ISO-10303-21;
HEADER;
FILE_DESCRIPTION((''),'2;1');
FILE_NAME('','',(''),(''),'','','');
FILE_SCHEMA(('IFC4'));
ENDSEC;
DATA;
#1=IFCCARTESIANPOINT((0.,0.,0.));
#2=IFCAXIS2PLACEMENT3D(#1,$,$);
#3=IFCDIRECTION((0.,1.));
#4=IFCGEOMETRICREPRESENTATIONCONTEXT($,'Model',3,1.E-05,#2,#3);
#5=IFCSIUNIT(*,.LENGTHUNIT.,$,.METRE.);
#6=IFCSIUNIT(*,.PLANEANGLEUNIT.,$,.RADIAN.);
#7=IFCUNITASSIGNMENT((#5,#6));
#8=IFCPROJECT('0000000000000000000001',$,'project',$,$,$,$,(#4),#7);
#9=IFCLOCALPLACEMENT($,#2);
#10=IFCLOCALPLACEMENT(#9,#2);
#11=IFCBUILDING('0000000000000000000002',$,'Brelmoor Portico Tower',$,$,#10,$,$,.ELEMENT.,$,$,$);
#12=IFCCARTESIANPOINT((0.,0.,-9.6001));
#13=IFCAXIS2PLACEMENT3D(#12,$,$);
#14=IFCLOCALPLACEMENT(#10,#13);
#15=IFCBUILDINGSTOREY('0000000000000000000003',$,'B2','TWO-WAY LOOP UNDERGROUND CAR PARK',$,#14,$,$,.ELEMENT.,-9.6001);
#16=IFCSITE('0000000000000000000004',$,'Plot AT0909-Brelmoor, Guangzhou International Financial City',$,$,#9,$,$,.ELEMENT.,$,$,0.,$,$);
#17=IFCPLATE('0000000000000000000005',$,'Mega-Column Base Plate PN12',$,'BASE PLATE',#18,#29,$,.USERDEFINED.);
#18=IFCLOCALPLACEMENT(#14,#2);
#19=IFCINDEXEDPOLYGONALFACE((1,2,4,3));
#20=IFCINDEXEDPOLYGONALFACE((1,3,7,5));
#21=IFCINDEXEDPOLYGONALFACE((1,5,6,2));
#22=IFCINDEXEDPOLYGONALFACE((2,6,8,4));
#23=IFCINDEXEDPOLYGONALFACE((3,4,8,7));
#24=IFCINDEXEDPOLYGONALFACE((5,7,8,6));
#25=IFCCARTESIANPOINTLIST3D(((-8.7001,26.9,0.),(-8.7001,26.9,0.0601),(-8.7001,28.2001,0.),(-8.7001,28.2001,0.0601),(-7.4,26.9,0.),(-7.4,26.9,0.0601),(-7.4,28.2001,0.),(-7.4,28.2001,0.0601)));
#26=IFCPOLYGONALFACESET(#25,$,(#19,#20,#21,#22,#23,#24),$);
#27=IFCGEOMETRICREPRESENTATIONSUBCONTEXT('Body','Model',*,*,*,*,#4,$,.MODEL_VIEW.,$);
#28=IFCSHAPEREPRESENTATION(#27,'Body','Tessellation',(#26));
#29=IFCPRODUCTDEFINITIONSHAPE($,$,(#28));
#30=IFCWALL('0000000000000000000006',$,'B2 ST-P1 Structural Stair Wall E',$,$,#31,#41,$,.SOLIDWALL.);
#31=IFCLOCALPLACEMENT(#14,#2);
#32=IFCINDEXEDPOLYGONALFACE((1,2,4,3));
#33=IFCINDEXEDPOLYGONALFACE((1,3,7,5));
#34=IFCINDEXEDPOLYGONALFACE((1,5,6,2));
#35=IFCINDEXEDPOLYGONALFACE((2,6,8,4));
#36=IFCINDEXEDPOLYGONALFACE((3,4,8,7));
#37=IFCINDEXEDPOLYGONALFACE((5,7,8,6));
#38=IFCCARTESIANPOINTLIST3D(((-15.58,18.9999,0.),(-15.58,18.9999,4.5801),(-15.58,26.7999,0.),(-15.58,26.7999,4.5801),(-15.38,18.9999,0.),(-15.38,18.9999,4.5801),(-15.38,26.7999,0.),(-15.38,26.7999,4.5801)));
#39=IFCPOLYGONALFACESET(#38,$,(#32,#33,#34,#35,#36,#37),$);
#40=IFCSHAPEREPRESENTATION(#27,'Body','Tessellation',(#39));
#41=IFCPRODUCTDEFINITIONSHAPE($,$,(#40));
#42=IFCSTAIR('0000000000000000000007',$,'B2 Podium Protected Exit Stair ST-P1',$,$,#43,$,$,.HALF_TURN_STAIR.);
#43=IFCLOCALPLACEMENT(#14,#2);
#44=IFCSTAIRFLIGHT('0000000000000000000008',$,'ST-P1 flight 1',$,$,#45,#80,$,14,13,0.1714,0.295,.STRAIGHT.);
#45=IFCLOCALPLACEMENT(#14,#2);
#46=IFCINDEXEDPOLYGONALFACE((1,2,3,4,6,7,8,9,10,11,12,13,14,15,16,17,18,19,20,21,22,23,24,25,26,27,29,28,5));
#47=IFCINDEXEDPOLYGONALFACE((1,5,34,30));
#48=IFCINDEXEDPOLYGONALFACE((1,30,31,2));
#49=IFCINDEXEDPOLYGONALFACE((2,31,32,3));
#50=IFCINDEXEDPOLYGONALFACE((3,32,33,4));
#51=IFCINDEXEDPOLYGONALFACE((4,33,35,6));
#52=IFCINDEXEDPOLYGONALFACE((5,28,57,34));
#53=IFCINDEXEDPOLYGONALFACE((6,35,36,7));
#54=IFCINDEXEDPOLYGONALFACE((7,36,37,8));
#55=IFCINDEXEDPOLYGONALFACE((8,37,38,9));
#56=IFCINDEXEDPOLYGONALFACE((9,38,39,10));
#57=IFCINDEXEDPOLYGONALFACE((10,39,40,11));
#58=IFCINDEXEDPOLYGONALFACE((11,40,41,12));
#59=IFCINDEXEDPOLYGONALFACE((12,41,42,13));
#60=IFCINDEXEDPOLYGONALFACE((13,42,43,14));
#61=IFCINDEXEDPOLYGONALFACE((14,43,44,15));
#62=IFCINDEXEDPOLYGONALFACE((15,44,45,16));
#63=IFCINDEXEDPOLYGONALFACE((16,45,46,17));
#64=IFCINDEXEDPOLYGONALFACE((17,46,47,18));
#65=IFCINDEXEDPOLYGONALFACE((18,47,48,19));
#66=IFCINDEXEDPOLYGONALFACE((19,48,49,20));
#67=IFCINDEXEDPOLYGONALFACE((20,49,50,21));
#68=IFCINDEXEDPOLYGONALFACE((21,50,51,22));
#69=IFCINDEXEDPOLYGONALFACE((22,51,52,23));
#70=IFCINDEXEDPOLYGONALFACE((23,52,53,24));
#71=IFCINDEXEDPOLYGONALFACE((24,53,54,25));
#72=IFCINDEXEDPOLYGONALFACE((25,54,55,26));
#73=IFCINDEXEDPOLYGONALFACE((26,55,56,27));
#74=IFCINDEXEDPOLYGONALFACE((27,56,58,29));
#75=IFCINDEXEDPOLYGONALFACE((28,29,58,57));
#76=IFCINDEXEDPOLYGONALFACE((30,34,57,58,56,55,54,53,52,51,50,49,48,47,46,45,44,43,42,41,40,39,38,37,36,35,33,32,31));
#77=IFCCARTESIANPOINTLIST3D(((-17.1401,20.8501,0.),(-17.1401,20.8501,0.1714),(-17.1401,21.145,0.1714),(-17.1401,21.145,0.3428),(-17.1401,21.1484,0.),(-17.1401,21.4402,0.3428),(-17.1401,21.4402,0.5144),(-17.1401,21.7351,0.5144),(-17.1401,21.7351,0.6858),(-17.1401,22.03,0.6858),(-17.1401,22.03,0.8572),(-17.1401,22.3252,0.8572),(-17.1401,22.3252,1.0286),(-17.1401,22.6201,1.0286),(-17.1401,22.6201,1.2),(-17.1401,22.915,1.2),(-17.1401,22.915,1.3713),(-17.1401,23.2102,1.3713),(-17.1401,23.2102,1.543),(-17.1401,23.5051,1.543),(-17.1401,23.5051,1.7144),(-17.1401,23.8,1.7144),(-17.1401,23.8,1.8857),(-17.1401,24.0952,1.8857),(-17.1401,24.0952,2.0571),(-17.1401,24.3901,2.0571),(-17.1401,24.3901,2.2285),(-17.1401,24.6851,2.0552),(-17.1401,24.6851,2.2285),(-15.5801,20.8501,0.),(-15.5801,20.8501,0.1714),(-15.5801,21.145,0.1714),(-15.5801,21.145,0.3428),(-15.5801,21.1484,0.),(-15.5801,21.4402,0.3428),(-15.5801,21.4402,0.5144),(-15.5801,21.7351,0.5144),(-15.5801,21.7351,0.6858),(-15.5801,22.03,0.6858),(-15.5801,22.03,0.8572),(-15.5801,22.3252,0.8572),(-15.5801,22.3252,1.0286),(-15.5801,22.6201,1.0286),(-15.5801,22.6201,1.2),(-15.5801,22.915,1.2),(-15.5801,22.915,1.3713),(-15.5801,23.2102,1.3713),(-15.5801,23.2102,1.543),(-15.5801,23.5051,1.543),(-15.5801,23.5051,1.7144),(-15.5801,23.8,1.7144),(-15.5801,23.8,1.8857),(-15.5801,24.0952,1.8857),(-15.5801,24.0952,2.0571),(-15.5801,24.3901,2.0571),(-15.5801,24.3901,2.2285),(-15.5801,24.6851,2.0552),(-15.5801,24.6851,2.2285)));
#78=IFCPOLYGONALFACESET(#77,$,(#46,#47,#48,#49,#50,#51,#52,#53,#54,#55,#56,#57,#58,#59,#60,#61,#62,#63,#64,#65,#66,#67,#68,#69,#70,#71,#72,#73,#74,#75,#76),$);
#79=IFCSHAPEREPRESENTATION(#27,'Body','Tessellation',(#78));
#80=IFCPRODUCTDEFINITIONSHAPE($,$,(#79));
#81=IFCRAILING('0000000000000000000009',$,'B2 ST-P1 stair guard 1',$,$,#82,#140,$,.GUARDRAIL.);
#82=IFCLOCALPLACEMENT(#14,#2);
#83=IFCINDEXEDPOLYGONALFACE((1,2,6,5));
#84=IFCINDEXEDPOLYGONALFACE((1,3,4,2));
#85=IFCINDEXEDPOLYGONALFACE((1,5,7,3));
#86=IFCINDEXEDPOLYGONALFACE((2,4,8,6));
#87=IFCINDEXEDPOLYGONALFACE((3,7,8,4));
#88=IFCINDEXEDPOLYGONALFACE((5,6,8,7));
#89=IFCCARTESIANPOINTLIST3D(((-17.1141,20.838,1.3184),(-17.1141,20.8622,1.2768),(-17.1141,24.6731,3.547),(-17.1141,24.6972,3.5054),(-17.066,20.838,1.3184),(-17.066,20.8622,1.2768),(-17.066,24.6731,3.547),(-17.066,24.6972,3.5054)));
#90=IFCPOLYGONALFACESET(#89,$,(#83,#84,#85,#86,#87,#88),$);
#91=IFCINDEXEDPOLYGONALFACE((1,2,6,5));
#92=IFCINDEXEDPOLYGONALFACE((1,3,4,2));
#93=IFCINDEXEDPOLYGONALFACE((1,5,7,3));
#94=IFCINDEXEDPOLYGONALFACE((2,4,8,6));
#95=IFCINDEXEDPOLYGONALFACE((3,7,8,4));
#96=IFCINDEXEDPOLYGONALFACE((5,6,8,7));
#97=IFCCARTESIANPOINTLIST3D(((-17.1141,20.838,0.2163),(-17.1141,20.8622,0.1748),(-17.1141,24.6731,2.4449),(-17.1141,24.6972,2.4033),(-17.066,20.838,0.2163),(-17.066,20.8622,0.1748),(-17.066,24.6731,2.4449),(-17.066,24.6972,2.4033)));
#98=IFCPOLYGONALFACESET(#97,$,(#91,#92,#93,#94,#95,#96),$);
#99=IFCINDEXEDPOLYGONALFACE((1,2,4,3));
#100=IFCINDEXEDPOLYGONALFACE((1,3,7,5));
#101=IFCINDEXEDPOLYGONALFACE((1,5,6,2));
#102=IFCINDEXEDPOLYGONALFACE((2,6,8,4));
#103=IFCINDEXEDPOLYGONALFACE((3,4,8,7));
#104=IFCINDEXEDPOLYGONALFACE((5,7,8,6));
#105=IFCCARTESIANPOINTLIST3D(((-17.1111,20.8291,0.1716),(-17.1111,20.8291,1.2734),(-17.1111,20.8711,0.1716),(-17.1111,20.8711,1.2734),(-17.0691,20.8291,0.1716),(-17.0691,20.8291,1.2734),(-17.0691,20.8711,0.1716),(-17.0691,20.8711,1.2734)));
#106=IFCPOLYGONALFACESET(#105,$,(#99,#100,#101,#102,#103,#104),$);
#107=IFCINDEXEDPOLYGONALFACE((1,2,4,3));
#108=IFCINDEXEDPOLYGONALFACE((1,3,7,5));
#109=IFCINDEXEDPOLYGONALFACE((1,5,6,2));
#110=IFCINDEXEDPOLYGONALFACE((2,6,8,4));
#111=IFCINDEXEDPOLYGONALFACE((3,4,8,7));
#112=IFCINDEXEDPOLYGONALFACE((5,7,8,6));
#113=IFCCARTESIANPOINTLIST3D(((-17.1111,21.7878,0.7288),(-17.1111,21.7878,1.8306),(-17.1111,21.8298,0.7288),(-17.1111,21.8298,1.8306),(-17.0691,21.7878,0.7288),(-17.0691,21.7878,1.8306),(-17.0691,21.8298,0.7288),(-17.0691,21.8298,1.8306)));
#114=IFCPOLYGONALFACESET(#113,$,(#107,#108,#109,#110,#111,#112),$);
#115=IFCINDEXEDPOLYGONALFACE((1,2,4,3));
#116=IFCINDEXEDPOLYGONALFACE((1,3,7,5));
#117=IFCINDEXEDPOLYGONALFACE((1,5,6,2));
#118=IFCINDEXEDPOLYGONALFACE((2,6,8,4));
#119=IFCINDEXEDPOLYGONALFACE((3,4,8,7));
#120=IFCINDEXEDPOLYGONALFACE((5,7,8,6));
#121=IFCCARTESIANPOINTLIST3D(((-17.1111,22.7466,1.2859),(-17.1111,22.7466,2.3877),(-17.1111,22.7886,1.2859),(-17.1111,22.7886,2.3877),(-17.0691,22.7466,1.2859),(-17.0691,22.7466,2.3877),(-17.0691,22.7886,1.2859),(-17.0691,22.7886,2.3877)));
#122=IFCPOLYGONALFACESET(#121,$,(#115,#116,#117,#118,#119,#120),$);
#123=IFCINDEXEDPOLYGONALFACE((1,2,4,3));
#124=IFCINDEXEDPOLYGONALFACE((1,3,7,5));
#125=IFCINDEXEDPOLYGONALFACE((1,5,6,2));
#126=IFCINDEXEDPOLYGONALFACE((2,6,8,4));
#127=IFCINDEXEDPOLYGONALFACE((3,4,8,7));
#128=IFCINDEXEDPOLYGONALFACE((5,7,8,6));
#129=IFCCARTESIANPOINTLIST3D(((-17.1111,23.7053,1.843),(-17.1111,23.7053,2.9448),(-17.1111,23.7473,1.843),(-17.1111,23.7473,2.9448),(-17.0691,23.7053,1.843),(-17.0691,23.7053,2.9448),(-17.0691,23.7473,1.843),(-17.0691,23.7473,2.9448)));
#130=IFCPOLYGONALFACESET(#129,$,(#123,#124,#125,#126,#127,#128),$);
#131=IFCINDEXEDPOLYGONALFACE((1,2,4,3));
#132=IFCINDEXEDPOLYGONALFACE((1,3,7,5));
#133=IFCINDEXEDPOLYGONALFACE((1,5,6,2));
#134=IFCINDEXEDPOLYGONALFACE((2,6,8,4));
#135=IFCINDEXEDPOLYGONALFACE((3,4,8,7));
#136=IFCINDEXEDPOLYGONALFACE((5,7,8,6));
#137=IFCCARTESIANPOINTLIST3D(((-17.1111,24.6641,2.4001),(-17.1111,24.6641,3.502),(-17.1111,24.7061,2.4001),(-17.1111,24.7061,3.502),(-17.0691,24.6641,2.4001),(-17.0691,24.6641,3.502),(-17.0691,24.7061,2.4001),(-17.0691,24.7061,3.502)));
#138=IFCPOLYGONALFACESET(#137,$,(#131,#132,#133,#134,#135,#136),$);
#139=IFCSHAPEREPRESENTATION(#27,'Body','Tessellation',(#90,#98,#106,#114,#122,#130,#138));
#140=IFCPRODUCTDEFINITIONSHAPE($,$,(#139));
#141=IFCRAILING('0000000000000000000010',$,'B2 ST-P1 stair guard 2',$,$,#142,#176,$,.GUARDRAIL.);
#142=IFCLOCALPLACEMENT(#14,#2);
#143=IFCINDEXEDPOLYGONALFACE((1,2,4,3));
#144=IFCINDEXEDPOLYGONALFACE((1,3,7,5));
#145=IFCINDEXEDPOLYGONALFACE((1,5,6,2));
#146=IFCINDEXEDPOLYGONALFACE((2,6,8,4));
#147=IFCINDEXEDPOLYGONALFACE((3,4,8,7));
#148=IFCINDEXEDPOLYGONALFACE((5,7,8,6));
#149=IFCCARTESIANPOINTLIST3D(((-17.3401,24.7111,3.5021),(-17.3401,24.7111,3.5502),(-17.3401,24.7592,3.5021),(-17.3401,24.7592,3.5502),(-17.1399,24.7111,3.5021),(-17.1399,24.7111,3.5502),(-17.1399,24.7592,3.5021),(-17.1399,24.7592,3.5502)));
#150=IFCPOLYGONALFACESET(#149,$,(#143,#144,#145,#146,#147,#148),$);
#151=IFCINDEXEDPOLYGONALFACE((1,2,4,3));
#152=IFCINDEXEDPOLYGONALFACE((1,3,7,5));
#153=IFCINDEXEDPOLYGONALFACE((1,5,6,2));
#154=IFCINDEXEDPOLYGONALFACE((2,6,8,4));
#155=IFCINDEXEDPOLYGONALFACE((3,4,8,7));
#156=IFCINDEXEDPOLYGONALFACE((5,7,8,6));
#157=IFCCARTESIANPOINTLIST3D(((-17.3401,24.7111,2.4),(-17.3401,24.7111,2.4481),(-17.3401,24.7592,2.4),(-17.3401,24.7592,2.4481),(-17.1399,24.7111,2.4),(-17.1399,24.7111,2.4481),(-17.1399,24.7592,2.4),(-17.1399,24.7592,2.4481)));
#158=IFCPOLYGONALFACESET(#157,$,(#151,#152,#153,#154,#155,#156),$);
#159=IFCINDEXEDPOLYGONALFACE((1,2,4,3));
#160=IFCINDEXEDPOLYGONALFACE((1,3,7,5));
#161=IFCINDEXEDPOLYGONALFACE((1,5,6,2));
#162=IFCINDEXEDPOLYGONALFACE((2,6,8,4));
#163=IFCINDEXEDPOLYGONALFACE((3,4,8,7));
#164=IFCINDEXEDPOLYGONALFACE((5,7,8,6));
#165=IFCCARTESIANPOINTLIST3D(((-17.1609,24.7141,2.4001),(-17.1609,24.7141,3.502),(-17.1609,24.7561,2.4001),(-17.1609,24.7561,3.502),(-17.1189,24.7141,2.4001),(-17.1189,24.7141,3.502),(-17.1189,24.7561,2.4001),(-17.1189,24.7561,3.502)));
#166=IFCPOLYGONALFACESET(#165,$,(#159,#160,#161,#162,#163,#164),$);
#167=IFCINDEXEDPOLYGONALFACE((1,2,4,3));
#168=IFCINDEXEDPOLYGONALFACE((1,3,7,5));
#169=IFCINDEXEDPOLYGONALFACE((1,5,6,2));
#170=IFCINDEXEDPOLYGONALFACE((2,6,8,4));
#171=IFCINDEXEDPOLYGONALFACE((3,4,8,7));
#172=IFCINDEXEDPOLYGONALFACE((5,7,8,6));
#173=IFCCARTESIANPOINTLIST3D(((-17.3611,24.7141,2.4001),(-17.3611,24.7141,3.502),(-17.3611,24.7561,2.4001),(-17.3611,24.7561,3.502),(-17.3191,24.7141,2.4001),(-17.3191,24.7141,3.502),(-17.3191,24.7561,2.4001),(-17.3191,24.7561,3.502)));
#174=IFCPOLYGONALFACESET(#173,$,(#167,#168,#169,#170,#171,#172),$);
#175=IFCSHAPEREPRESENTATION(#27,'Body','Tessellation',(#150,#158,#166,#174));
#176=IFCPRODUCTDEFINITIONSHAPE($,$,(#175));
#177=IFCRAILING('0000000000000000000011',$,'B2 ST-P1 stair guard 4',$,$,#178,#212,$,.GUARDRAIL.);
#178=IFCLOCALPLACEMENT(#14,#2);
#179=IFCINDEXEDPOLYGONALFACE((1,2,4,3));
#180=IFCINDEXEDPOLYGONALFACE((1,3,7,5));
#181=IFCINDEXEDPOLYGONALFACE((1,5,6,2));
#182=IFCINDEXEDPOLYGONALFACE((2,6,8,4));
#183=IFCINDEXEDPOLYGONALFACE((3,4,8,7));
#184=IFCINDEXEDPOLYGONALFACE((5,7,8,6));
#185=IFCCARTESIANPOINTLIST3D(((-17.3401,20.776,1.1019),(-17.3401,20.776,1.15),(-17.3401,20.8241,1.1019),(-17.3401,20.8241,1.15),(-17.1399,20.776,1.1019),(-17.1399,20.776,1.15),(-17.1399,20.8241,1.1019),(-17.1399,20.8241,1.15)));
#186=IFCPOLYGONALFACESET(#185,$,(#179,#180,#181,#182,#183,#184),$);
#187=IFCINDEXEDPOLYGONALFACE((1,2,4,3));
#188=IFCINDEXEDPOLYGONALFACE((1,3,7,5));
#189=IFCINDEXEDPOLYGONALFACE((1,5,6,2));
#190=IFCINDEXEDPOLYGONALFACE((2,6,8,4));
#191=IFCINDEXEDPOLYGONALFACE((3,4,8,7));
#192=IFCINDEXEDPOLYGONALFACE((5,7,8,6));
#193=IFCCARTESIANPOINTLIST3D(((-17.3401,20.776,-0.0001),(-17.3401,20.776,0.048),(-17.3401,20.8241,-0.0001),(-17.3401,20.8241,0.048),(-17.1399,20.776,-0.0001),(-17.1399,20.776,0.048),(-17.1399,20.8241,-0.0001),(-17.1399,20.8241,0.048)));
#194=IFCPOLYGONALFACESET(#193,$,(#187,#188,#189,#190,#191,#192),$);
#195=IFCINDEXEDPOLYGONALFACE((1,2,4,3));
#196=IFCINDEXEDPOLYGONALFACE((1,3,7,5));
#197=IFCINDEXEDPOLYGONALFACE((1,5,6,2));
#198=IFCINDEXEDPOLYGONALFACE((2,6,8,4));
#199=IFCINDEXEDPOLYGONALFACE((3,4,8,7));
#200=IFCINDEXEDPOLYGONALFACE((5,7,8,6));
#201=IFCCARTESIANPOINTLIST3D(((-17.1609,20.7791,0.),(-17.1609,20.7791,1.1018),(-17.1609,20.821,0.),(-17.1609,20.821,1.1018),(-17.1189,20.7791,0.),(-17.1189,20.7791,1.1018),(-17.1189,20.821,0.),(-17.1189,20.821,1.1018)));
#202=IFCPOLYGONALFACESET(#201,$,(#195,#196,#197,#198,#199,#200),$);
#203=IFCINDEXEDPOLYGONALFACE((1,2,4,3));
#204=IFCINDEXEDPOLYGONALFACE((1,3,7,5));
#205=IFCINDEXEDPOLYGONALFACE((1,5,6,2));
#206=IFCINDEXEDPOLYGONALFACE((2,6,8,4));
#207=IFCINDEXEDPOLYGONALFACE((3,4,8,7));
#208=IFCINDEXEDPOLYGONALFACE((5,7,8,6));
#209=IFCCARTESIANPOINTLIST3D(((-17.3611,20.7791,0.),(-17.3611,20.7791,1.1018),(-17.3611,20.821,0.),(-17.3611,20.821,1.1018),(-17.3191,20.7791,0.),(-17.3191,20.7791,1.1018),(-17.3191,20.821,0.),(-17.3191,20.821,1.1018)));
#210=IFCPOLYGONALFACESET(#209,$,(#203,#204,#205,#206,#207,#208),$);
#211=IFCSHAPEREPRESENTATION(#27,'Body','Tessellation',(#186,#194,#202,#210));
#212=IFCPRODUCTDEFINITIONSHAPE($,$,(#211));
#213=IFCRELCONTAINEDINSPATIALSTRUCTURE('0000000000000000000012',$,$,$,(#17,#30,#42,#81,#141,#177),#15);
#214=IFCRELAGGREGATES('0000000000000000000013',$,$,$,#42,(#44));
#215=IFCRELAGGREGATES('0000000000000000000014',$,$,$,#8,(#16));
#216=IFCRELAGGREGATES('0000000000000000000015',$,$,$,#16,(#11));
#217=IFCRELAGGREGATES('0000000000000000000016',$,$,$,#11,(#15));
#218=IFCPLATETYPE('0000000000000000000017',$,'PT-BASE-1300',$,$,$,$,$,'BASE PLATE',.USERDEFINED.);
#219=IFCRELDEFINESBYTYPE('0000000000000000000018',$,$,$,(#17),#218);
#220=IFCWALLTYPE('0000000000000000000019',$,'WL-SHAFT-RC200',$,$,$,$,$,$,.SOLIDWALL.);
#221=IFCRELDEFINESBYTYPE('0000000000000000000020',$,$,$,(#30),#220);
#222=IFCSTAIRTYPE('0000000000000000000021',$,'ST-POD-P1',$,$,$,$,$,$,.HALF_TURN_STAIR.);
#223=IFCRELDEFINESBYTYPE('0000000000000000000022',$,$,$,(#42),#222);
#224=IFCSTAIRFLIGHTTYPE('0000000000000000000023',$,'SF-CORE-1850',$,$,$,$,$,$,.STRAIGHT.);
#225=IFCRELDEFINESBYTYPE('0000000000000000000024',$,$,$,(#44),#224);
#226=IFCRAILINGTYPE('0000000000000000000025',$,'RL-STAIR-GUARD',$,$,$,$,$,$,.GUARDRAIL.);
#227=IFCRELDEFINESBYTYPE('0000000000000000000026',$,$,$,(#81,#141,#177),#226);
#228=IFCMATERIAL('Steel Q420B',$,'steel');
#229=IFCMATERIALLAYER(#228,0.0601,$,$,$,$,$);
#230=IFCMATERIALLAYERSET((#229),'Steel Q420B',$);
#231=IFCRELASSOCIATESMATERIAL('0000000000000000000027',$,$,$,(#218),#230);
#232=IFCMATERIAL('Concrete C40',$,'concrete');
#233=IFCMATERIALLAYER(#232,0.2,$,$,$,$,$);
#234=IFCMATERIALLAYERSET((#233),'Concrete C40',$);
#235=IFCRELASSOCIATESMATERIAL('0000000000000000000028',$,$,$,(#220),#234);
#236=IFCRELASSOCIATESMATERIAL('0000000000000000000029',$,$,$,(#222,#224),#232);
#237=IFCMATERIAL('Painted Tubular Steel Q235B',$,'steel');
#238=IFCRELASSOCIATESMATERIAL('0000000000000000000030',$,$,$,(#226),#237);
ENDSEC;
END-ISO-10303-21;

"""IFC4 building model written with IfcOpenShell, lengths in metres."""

from ifc_helpers import new_model, si_unit, direction, frame, frame_2d, origin, origin_2d, place, context, subcontext, project, spatial, polyline, rectangle, outline, extrude, material, layer, layer_set, type_object, element, aggregate, save


model = new_model("IFC4")

# Units and contexts
model_context = context("Model", 3, precision=1e-05, world=origin(), true_north=direction((0.0, 1.0)))
body_context = subcontext(model_context, "Body", "Model", "MODEL_VIEW")
ifc_project = project(units=[si_unit("LENGTHUNIT", "METRE"), si_unit("PLANEANGLEUNIT", "RADIAN")], contexts=[model_context])

# Site, building, storey
site_placement = place(None, origin())
site = spatial("IfcSite", under=ifc_project, at=site_placement, Name="Plot AT0909-Brelmoor, Guangzhou International Financial City", CompositionType="ELEMENT", RefElevation=0.0)
building_placement = place(site_placement, origin())
building = spatial("IfcBuilding", under=site, at=building_placement, Name="Brelmoor Portico Tower", CompositionType="ELEMENT")
storey_placement = place(building_placement, frame((0.0, 0.0, -9.6001)))
storey = spatial("IfcBuildingStorey", under=building, at=storey_placement, Name="B2", Description="TWO-WAY LOOP UNDERGROUND CAR PARK", CompositionType="ELEMENT", Elevation=-9.6001)

# Shared definitions
ifc_material_1 = material(Name="Steel Q420B", Category="steel")

# Plate
ifc_layer_1 = layer(ifc_material_1, 0.0601)
ifc_layer_set_1 = layer_set([ifc_layer_1], Name="Steel Q420B")
plate_type = type_object("IfcPlateType", Name="PT-BASE-1300", ElementType="BASE PLATE", PredefinedType="USERDEFINED", material=ifc_layer_set_1)
for number, where, z_axis, x_axis, name in (
    (1, (-8.05, 27.55, 0.0), (0.0, 0.0, 1.0), (1.0, 0.0, 0.0), "Mega-Column Base Plate PN12"),
):
    element("IfcPlate", number, at=place(storey_placement, frame(where, z_axis=z_axis, x_axis=x_axis)), inside=storey, type_object=plate_type, Name=name, ObjectType="BASE PLATE", PredefinedType="USERDEFINED", context=body_context, shape_type="SweptSolid", body=[
        extrude(rectangle(XDim=1.3, YDim=1.3, at=origin_2d()), origin(), (0.0, 0.0, 1.0), 0.0601),
    ])

# Wall
ifc_material_2 = material(Name="Concrete C40", Category="concrete")
ifc_layer_2 = layer(ifc_material_2, 0.2)
ifc_layer_set_2 = layer_set([ifc_layer_2], Name="Concrete C40")
wall_type = type_object("IfcWallType", Name="WL-SHAFT-RC200", PredefinedType="SOLIDWALL", material=ifc_layer_set_2)
wall_placement = place(storey_placement, frame((-15.48, 19.0, 0.0), z_axis=(0.0, 0.0, 1.0), x_axis=(0.0, 1.0, 0.0)))
element("IfcWall", 2, at=wall_placement, inside=storey, type_object=wall_type, Name="B2 ST-P1 Structural Stair Wall E", PredefinedType="SOLIDWALL", context=body_context, shape_type="SweptSolid", body=[
    extrude(rectangle(XDim=7.8, YDim=0.2, at=frame_2d((3.8999, 0.0))), origin(), (0.0, 0.0, 1.0), 4.5801),
])

# Stair, stair flight
stair_type = type_object("IfcStairType", Name="ST-POD-P1", PredefinedType="HALF_TURN_STAIR", material=ifc_material_2)
stair_placement = place(storey_placement, origin())
stair = element("IfcStair", 3, at=stair_placement, inside=storey, type_object=stair_type, Name="B2 Podium Protected Exit Stair ST-P1", PredefinedType="HALF_TURN_STAIR")
stair_flight_type = type_object("IfcStairFlightType", Name="SF-CORE-1850", PredefinedType="STRAIGHT", material=ifc_material_2)
stair_flight_placement = place(storey_placement, frame((-16.3601, 20.8501, 0.0), z_axis=(0.0, 0.0, 1.0), x_axis=(0.0, 1.0, 0.0)))
stair_flight = element("IfcStairFlight", 4, at=stair_flight_placement, type_object=stair_flight_type, Name="ST-P1 flight 1", NumberOfRisers=14, NumberOfTreads=13, PredefinedType="STRAIGHT", RiserHeight=0.1714, TreadLength=0.295, context=body_context, shape_type="SweptSolid", body=[
    extrude(outline(polyline([(0.0, 0.0), (0.0, 0.1714), (0.2949, 0.1714), (0.2949, 0.3428), (0.5901, 0.3428), (0.5901, 0.5144), (0.885, 0.5144), (0.885, 0.6858), (1.1799, 0.6858), (1.1799, 0.8572), (1.4751, 0.8572), (1.4751, 1.0286), (1.77, 1.0286), (1.77, 1.2), (2.0649, 1.2), (2.0649, 1.3713), (2.3601, 1.3713), (2.3601, 1.543), (2.655, 1.543), (2.655, 1.7144), (2.95, 1.7144), (2.95, 1.8857), (3.2451, 1.8857), (3.2451, 2.0571), (3.54, 2.0571), (3.54, 2.2285), (3.835, 2.2285), (3.835, 2.3999), (3.835, 2.0552), (0.2983, 0.0), (0.0, 0.0)])), frame((0.0, 0.78, 0.0), z_axis=(0.0, -1.0, 0.0), x_axis=(1.0, 0.0, 0.0)), (0.0, 0.0, 1.0), 1.5601),
])
aggregate(stair, [stair_flight])

# Railings
ifc_material_3 = material(Name="Painted Tubular Steel Q235B", Category="steel")
railing_type_1 = type_object("IfcRailingType", Name="RL-STAIR-GUARD", PredefinedType="GUARDRAIL", material=ifc_material_3)
railing_1_placement = place(storey_placement, frame((-17.0901, 20.8501, 0.1716)))
element("IfcRailing", 5, at=railing_1_placement, inside=storey, type_object=railing_type_1, Name="B2 ST-P1 stair guard 1", PredefinedType="GUARDRAIL", context=body_context, shape_type="SweptSolid", body=[
    extrude(rectangle(XDim=0.0481, YDim=0.0481, at=origin_2d()), frame((0.0, 0.0, 1.126), z_axis=(0.0, 0.864616, 0.502433), x_axis=(-1.0, 0.0, 0.0)), (0.0, 0.0, 1.0), 4.4355),
    extrude(rectangle(XDim=0.0481, YDim=0.0481, at=origin_2d()), frame((0.0, 0.0, 0.0239), z_axis=(0.0, 0.864616, 0.502433), x_axis=(-1.0, 0.0, 0.0)), (0.0, 0.0, 1.0), 4.4355),
    extrude(rectangle(XDim=0.042, YDim=0.042, at=origin_2d()), origin(), (0.0, 0.0, 1.0), 1.1018),
    extrude(rectangle(XDim=0.042, YDim=0.042, at=origin_2d()), frame((0.0, 0.9587, 0.5571)), (0.0, 0.0, 1.0), 1.1018),
    extrude(rectangle(XDim=0.042, YDim=0.042, at=origin_2d()), frame((0.0, 1.9175, 1.1143)), (0.0, 0.0, 1.0), 1.1018),
    extrude(rectangle(XDim=0.042, YDim=0.042, at=origin_2d()), frame((0.0, 2.8762, 1.6714)), (0.0, 0.0, 1.0), 1.1018),
    extrude(rectangle(XDim=0.042, YDim=0.042, at=origin_2d()), frame((0.0, 3.835, 2.2285)), (0.0, 0.0, 1.0), 1.1018),
])
for number, where, name in (
    (6, (-17.1399, 24.7351, 2.4001), "B2 ST-P1 stair guard 2"),
    (7, (-17.1399, 20.8, 0.0), "B2 ST-P1 stair guard 4"),
):
    element("IfcRailing", number, at=place(storey_placement, frame(where)), inside=storey, type_object=railing_type_1, Name=name, PredefinedType="GUARDRAIL", context=body_context, shape_type="SweptSolid", body=[
        extrude(rectangle(XDim=0.0481, YDim=0.0481, at=origin_2d()), frame((0.0, 0.0, 1.126), z_axis=(-1.0, 0.0, 0.0), x_axis=(0.0, -1.0, 0.0)), (0.0, 0.0, 1.0), 0.2002),
        extrude(rectangle(XDim=0.0481, YDim=0.0481, at=origin_2d()), frame((0.0, 0.0, 0.0239), z_axis=(-1.0, 0.0, 0.0), x_axis=(0.0, -1.0, 0.0)), (0.0, 0.0, 1.0), 0.2002),
        extrude(rectangle(XDim=0.042, YDim=0.042, at=origin_2d()), origin(), (0.0, 0.0, 1.0), 1.1018),
        extrude(rectangle(XDim=0.042, YDim=0.042, at=origin_2d()), frame((-0.2002, 0.0, 0.0)), (0.0, 0.0, 1.0), 1.1018),
    ])

save(model, "model.ifc")
